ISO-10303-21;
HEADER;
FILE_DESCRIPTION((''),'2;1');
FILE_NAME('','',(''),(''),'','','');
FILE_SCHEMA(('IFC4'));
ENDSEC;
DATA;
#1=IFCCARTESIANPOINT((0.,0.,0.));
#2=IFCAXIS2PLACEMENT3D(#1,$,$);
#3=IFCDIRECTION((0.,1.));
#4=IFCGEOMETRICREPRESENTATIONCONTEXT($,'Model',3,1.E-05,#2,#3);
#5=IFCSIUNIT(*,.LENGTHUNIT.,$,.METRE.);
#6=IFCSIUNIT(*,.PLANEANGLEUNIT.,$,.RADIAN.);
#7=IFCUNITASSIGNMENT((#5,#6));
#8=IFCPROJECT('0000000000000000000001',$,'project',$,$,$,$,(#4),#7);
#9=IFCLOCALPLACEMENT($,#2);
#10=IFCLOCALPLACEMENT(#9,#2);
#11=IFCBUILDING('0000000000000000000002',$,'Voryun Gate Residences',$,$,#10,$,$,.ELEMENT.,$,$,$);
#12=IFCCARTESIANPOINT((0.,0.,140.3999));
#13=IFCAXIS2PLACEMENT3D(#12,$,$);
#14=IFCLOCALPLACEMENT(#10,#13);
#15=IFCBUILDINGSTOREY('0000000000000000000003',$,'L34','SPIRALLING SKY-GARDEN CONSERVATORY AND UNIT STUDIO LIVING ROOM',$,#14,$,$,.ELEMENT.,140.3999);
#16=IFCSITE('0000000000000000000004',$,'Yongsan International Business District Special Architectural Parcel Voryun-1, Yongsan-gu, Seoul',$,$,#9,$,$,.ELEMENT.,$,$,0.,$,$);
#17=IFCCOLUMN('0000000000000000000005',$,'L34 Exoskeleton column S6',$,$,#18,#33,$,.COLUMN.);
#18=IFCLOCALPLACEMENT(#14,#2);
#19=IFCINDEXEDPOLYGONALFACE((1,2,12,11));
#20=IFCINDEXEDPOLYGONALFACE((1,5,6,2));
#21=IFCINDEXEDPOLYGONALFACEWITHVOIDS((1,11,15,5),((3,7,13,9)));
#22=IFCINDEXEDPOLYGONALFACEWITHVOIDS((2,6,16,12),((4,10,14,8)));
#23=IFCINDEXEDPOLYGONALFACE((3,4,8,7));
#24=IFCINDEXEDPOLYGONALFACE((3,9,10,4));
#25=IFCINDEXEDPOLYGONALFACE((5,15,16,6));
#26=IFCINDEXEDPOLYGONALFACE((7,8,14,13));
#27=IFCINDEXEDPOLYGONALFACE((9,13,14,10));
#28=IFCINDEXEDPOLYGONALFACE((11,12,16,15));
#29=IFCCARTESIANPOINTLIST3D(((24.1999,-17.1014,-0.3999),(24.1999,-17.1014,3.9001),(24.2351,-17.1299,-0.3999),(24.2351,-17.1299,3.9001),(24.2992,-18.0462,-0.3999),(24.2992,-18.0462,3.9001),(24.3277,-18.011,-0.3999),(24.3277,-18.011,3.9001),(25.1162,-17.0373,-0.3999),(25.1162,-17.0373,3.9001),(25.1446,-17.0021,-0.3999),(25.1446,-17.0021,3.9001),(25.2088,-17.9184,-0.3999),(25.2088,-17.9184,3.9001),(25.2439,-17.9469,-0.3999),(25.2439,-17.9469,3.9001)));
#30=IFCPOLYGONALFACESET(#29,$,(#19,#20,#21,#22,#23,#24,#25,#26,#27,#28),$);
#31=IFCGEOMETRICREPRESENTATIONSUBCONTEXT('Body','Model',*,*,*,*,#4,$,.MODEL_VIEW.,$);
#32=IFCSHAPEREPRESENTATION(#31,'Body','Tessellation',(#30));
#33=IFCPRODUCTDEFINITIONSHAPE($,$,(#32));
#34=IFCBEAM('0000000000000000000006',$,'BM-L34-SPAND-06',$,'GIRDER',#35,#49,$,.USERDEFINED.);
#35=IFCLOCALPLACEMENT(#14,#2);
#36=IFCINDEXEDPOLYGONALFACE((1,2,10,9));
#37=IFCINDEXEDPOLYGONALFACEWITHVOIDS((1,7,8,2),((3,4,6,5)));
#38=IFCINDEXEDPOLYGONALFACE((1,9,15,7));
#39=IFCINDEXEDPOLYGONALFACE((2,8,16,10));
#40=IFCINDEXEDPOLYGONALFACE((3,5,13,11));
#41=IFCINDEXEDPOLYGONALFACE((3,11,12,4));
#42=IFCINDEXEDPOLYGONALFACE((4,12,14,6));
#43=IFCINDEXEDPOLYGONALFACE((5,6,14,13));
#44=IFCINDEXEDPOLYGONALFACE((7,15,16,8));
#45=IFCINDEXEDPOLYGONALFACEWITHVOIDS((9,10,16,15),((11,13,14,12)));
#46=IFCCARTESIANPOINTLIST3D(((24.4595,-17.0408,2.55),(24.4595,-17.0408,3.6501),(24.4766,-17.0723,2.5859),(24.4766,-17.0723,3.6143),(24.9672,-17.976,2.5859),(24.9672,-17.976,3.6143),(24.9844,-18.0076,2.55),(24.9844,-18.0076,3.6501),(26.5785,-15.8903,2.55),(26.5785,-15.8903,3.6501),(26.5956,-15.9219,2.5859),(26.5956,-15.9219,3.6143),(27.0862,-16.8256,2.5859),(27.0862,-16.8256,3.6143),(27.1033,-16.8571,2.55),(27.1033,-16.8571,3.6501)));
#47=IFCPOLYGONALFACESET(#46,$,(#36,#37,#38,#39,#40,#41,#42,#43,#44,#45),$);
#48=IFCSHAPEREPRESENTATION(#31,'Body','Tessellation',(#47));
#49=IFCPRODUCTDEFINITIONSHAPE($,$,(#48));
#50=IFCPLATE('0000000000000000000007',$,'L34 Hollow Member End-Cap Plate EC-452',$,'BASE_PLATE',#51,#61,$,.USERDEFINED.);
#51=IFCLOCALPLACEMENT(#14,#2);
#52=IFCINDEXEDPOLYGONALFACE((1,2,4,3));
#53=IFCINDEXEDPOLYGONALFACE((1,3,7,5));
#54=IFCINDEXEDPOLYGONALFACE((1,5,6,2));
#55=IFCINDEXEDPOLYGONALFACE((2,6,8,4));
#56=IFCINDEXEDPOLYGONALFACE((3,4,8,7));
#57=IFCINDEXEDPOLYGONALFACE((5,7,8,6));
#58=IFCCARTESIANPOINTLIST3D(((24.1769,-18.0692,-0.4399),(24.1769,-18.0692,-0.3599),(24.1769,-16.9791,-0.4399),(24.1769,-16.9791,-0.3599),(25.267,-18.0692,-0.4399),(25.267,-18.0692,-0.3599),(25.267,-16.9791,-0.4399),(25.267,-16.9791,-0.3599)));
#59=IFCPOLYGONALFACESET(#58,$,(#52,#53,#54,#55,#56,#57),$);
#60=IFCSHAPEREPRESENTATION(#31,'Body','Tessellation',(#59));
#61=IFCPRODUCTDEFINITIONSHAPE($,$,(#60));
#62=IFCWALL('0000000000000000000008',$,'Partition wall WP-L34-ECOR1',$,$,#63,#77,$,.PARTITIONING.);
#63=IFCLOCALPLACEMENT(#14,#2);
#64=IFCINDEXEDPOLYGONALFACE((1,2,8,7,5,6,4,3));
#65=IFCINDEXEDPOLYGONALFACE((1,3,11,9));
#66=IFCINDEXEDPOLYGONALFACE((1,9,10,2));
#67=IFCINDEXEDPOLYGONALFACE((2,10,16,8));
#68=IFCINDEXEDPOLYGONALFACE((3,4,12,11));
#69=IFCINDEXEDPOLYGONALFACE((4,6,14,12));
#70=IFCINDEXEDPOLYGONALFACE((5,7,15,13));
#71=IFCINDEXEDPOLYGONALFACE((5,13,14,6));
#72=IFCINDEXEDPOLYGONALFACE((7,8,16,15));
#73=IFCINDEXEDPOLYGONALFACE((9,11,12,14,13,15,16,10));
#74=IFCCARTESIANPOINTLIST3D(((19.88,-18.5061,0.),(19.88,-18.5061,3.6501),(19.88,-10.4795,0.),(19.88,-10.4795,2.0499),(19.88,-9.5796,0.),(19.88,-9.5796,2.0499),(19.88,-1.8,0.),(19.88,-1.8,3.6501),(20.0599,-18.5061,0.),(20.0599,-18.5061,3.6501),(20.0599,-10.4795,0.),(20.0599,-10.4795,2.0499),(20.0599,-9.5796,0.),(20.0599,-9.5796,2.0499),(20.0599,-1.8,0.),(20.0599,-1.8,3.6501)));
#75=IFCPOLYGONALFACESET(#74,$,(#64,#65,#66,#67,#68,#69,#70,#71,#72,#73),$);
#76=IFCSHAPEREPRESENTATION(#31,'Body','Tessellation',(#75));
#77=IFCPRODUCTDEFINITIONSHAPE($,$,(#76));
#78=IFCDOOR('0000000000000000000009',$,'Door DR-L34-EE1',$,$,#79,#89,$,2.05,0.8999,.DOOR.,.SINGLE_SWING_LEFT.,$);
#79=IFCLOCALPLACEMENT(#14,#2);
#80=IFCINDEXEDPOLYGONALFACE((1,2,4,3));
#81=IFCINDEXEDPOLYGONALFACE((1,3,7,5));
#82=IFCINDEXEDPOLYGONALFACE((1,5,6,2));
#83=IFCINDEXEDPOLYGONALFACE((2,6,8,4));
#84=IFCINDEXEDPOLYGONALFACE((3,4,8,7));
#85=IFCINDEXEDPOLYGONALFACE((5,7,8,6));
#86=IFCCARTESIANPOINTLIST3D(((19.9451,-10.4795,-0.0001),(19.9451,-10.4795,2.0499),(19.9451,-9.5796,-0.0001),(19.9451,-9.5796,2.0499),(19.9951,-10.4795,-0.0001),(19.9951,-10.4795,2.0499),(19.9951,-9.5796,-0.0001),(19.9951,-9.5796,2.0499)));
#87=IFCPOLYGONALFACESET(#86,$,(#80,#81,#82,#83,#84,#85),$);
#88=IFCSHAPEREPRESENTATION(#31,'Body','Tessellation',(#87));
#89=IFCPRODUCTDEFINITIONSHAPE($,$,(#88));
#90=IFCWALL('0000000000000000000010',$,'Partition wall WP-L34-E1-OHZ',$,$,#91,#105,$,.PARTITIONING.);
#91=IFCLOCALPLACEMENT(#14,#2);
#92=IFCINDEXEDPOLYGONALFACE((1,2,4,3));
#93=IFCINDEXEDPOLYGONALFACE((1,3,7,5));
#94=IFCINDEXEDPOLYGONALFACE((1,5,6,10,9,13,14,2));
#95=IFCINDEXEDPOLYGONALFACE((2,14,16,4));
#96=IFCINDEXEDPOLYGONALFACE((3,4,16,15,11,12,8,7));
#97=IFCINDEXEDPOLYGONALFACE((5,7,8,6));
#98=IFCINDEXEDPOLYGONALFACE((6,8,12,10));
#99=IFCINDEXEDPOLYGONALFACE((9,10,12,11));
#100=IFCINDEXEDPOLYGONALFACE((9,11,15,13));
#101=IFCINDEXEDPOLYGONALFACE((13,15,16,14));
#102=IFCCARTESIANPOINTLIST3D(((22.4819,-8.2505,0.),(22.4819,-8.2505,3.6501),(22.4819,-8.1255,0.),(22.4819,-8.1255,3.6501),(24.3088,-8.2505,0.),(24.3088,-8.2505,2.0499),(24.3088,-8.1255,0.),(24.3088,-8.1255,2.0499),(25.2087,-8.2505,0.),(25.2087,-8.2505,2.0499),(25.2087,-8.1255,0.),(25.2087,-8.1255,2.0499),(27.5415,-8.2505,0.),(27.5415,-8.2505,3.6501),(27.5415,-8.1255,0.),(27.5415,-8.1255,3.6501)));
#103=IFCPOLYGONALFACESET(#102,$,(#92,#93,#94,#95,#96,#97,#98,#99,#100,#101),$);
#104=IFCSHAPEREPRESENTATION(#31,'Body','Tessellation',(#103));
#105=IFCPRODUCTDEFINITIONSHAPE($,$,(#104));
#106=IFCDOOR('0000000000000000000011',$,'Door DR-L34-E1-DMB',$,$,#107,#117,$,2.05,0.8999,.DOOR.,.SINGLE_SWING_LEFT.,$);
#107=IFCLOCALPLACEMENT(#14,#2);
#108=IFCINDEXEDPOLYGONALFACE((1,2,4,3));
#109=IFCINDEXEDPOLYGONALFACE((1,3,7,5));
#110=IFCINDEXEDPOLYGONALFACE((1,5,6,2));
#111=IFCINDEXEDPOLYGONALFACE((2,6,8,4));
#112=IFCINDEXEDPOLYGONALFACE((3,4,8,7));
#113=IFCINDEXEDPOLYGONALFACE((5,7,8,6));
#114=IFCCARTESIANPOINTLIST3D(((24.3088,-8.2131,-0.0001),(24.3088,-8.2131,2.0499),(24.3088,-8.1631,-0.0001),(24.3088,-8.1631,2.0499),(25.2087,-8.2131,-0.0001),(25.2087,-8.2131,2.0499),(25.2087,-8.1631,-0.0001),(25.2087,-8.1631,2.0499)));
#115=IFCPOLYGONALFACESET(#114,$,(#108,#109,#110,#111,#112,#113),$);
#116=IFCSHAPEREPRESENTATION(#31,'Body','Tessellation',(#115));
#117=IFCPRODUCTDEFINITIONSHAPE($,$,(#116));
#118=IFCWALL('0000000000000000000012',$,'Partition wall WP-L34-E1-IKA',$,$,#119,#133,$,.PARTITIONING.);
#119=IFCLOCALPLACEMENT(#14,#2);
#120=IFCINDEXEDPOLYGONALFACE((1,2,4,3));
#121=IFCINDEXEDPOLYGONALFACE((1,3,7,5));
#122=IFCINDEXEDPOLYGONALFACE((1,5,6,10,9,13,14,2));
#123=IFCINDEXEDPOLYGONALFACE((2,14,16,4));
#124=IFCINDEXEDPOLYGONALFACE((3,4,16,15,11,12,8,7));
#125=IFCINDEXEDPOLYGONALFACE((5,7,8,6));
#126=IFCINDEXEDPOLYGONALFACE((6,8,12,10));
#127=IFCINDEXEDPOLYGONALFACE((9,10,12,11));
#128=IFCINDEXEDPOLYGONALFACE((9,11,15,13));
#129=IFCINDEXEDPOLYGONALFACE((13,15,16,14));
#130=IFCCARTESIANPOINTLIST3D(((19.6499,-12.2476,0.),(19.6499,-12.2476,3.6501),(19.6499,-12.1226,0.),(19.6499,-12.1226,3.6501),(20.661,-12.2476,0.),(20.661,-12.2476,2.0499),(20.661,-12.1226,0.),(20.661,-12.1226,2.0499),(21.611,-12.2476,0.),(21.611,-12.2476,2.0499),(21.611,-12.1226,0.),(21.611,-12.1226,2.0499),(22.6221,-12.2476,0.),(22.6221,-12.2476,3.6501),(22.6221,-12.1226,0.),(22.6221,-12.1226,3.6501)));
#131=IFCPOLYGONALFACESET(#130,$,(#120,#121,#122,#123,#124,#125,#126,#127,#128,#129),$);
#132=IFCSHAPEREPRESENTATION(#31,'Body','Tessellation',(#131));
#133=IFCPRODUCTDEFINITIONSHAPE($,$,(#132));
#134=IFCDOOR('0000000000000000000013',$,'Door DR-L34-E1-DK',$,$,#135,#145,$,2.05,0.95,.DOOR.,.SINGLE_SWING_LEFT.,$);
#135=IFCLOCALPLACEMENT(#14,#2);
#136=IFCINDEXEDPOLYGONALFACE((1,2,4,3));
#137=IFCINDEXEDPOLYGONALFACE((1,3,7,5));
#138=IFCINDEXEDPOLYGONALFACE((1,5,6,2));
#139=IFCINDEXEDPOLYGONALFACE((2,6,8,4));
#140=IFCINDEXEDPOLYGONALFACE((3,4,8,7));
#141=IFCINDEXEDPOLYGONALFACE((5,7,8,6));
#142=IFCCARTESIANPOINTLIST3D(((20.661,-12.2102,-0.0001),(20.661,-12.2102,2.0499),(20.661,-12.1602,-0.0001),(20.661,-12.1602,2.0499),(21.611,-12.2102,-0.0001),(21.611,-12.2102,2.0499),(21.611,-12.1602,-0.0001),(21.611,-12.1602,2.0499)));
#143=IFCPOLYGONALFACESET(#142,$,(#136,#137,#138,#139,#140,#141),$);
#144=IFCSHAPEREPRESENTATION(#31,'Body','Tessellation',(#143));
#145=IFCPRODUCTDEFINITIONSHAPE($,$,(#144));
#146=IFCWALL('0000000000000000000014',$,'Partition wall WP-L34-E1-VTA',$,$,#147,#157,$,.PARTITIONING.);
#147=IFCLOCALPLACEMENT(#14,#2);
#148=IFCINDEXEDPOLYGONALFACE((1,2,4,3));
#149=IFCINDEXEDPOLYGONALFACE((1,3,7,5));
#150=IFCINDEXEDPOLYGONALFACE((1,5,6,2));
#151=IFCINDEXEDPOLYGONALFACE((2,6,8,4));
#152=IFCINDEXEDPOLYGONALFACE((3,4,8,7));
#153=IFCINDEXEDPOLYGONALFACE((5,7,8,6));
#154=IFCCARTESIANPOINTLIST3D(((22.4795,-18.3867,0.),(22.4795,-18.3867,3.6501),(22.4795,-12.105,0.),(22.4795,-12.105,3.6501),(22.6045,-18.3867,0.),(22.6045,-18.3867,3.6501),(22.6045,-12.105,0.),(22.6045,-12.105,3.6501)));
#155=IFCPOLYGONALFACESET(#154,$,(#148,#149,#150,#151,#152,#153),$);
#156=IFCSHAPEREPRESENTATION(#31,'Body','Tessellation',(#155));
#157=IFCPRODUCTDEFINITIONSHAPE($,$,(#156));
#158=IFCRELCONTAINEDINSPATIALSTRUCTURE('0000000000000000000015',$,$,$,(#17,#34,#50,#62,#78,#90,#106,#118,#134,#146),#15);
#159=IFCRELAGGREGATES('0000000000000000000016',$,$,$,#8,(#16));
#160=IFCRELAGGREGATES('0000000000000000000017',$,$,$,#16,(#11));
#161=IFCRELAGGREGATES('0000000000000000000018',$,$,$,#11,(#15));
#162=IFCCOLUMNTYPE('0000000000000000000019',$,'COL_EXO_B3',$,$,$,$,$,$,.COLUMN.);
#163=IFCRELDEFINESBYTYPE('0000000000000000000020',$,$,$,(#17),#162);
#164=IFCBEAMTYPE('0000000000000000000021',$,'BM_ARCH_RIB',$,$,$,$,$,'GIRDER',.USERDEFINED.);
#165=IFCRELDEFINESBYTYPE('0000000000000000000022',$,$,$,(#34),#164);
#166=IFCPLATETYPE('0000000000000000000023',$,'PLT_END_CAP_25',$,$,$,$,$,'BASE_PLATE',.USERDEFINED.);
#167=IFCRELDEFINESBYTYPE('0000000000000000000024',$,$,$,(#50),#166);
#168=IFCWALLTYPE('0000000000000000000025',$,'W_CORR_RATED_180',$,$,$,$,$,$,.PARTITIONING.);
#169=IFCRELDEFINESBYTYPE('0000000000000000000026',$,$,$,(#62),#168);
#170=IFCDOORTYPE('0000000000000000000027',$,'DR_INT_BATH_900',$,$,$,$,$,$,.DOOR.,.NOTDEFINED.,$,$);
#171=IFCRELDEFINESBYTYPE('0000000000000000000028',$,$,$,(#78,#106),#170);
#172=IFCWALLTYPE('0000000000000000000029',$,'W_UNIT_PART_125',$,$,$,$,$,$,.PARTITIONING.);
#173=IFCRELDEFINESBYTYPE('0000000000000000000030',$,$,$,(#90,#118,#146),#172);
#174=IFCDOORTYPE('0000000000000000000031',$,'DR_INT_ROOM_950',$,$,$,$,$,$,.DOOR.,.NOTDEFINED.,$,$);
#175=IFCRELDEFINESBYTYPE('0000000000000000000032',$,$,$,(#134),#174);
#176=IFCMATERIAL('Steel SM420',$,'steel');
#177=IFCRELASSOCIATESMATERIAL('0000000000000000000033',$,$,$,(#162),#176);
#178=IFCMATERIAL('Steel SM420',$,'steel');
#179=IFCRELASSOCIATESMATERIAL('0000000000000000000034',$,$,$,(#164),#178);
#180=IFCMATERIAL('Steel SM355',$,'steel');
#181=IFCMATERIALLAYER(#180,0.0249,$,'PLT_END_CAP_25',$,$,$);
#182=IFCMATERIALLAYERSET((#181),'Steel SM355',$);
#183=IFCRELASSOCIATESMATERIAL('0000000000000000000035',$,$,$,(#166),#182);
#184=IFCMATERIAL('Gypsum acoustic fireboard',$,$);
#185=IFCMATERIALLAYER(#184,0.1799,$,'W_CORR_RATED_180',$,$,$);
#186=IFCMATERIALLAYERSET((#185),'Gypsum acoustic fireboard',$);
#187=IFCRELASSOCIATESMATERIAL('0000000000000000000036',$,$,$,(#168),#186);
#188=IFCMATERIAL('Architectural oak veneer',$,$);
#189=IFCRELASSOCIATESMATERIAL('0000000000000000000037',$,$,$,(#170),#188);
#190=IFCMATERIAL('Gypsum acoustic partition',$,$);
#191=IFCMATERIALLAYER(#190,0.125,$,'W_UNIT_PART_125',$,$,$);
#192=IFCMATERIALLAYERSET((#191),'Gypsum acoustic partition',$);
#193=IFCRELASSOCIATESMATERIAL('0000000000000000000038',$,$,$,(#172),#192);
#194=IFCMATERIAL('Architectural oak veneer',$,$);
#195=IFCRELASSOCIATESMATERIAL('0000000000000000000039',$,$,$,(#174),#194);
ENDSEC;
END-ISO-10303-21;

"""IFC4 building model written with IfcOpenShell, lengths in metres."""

from ifc_helpers import new_model, si_unit, direction, frame, frame_2d, origin, origin_2d, place, context, subcontext, project, spatial, rectangle, hollow_rectangle, extrude, material, layer, layer_set, material_profile, profile_set, type_object, element, fill, save


model = new_model("IFC4")

# Units and contexts
model_context = context("Model", 3, precision=1e-05, world=origin(), true_north=direction((0.0, 1.0)))
body_context = subcontext(model_context, "Body", "Model", "MODEL_VIEW")
ifc_project = project(units=[si_unit("LENGTHUNIT", "METRE"), si_unit("PLANEANGLEUNIT", "RADIAN")], contexts=[model_context])

# Site, building, storey
site_placement = place(None, origin())
site = spatial("IfcSite", under=ifc_project, at=site_placement, Name="Yongsan International Business District Special Architectural Parcel Voryun-1, Yongsan-gu, Seoul", CompositionType="ELEMENT", RefElevation=0.0)
building_placement = place(site_placement, origin())
building = spatial("IfcBuilding", under=site, at=building_placement, Name="Voryun Gate Residences", CompositionType="ELEMENT")
storey_placement = place(building_placement, frame((0.0, 0.0, 140.3999)))
storey = spatial("IfcBuildingStorey", under=building, at=storey_placement, Name="L34", Description="SPIRALLING SKY-GARDEN CONSERVATORY AND UNIT STUDIO LIVING ROOM", CompositionType="ELEMENT", Elevation=140.3999)

# Column
ifc_material_1 = material(Name="Steel SM420", Category="steel")
ifc_material_profile_1 = material_profile(ifc_material_1, hollow_rectangle(XDim=0.95, YDim=0.95, WallThickness=0.032, at=origin_2d()), Name="BOX-950x950x32")
ifc_profile_set_1 = profile_set([ifc_material_profile_1], Name="Steel SM420")
column_type = type_object("IfcColumnType", Name="COL_EXO_B3", PredefinedType="COLUMN", material=ifc_profile_set_1)
column_placement = place(storey_placement, frame((24.7219, -17.5242, -0.3999), z_axis=(0.0, 0.0, 1.0), x_axis=(0.994522, 0.104528, 0.0)))
element("IfcColumn", 1, at=column_placement, inside=storey, type_object=column_type, Name="L34 Exoskeleton column S6", PredefinedType="COLUMN", context=body_context, shape_type="SweptSolid", body=[
    extrude(hollow_rectangle(XDim=0.95, YDim=0.95, WallThickness=0.032, at=origin_2d()), origin(), (0.0, 0.0, 1.0), 4.3),
])

# Beam
ifc_material_2 = material(Name="Steel SM420", Category="steel")
ifc_material_profile_2 = material_profile(ifc_material_2, hollow_rectangle(XDim=1.1001, YDim=1.1001, WallThickness=0.0359, at=origin_2d()), Name="BOX-1100x1100x36")
ifc_profile_set_2 = profile_set([ifc_material_profile_2], Name="Steel SM420")
beam_type = type_object("IfcBeamType", Name="BM_ARCH_RIB", ElementType="GIRDER", PredefinedType="USERDEFINED", material=ifc_profile_set_2)
beam_placement = place(storey_placement, frame((24.7219, -17.5242, 3.1001), z_axis=(0.87883, 0.477134, 0.0), x_axis=(-0.477134, 0.87883, 0.0)))
element("IfcBeam", 2, at=beam_placement, inside=storey, type_object=beam_type, Name="BM-L34-SPAND-06", ObjectType="GIRDER", PredefinedType="USERDEFINED", context=body_context, shape_type="SweptSolid", body=[
    extrude(hollow_rectangle(XDim=1.1001, YDim=1.1001, WallThickness=0.0359, at=origin_2d()), origin(), (0.0, 0.0, 1.0), 2.4111),
])

# Plate
ifc_material_3 = material(Name="Steel SM355", Category="steel")
ifc_layer_1 = layer(ifc_material_3, 0.0249, Name="PLT_END_CAP_25")
ifc_layer_set_1 = layer_set([ifc_layer_1], Name="Steel SM355")
plate_type = type_object("IfcPlateType", Name="PLT_END_CAP_25", ElementType="BASE_PLATE", PredefinedType="USERDEFINED", material=ifc_layer_set_1)
plate_placement = place(storey_placement, frame((24.7219, -17.5242, -0.4399), z_axis=(0.0, 0.0, 1.0), x_axis=(1.0, 0.0, 0.0)))
element("IfcPlate", 3, at=plate_placement, inside=storey, type_object=plate_type, Name="L34 Hollow Member End-Cap Plate EC-452", ObjectType="BASE_PLATE", PredefinedType="USERDEFINED", context=body_context, shape_type="SweptSolid", body=[
    extrude(rectangle(XDim=1.0901, YDim=1.0901, at=origin_2d()), origin(), (0.0, 0.0, 1.0), 0.0801),
])

# Walls, openings, doors
ifc_material_4 = material(Name="Gypsum acoustic fireboard")
ifc_layer_2 = layer(ifc_material_4, 0.1799, Name="W_CORR_RATED_180")
ifc_layer_set_2 = layer_set([ifc_layer_2], Name="Gypsum acoustic fireboard")
wall_type_1 = type_object("IfcWallType", Name="W_CORR_RATED_180", PredefinedType="PARTITIONING", material=ifc_layer_set_2)
wall_1_placement = place(storey_placement, frame((19.97, -18.5061, 0.0), z_axis=(0.0, 0.0, 1.0), x_axis=(0.0, 1.0, 0.0)))
wall_1 = element("IfcWall", 4, at=wall_1_placement, inside=storey, type_object=wall_type_1, Name="Partition wall WP-L34-ECOR1", PredefinedType="PARTITIONING", context=body_context, shape_type="SweptSolid", body=[
    extrude(rectangle(XDim=16.7061, YDim=0.1799, at=frame_2d((8.353, 0.0))), origin(), (0.0, 0.0, 1.0), 3.6501),
])
opening_1_placement = place(wall_1_placement, frame((8.0266, 0.0, 0.0)))
opening_1 = element("IfcOpeningElement", 5, at=opening_1_placement, cuts=wall_1, PredefinedType="OPENING", context=body_context, shape_type="SweptSolid", body=[
    extrude(rectangle(XDim=0.8999, YDim=2.05, at=frame_2d((0.45, 1.0249))), frame((0.0, 0.0999, 0.0), z_axis=(0.0, -1.0, 0.0), x_axis=(1.0, 0.0, 0.0)), (0.0, 0.0, 1.0), 0.2),
])
ifc_material_5 = material(Name="Architectural oak veneer")
door_type_1 = type_object("IfcDoorType", Name="DR_INT_BATH_900", OperationType="NOTDEFINED", PredefinedType="DOOR", material=ifc_material_5)
door_1_placement = place(opening_1_placement, origin())
door_1 = element("IfcDoor", 6, at=door_1_placement, inside=storey, type_object=door_type_1, Name="Door DR-L34-EE1", OperationType="SINGLE_SWING_LEFT", OverallHeight=2.05, OverallWidth=0.8999, PredefinedType="DOOR", context=body_context, shape_type="SweptSolid", body=[
    extrude(rectangle(XDim=0.8999, YDim=2.05, at=frame_2d((0.45, 1.0249))), frame((0.0, 0.0249, 0.0), z_axis=(0.0, -1.0, 0.0), x_axis=(1.0, 0.0, 0.0)), (0.0, 0.0, 1.0), 0.05),
])
fill(opening_1, door_1)
ifc_material_6 = material(Name="Gypsum acoustic partition")
ifc_layer_3 = layer(ifc_material_6, 0.125, Name="W_UNIT_PART_125")
ifc_layer_set_3 = layer_set([ifc_layer_3], Name="Gypsum acoustic partition")
wall_type_2 = type_object("IfcWallType", Name="W_UNIT_PART_125", PredefinedType="PARTITIONING", material=ifc_layer_set_3)
wall_2_placement = place(storey_placement, frame((22.4819, -8.188, 0.0), z_axis=(0.0, 0.0, 1.0), x_axis=(1.0, 0.0, 0.0)))
wall_2 = element("IfcWall", 7, at=wall_2_placement, inside=storey, type_object=wall_type_2, Name="Partition wall WP-L34-E1-OHZ", PredefinedType="PARTITIONING", context=body_context, shape_type="SweptSolid", body=[
    extrude(rectangle(XDim=5.0596, YDim=0.125, at=frame_2d((2.5298, 0.0))), origin(), (0.0, 0.0, 1.0), 3.6501),
])
opening_2_placement = place(wall_2_placement, frame((1.8269, 0.0, 0.0)))
opening_2 = element("IfcOpeningElement", 8, at=opening_2_placement, cuts=wall_2, PredefinedType="OPENING", context=body_context, shape_type="SweptSolid", body=[
    extrude(rectangle(XDim=0.8999, YDim=2.05, at=frame_2d((0.45, 1.0249))), frame((0.0, 0.0725, 0.0), z_axis=(0.0, -1.0, 0.0), x_axis=(1.0, 0.0, 0.0)), (0.0, 0.0, 1.0), 0.145),
])
door_2_placement = place(opening_2_placement, origin())
door_2 = element("IfcDoor", 9, at=door_2_placement, inside=storey, type_object=door_type_1, Name="Door DR-L34-E1-DMB", OperationType="SINGLE_SWING_LEFT", OverallHeight=2.05, OverallWidth=0.8999, PredefinedType="DOOR", context=body_context, shape_type="SweptSolid", body=[
    extrude(rectangle(XDim=0.8999, YDim=2.05, at=frame_2d((0.45, 1.0249))), frame((0.0, 0.0249, 0.0), z_axis=(0.0, -1.0, 0.0), x_axis=(1.0, 0.0, 0.0)), (0.0, 0.0, 1.0), 0.05),
])
fill(opening_2, door_2)
wall_3_placement = place(storey_placement, frame((19.6499, -12.1851, 0.0), z_axis=(0.0, 0.0, 1.0), x_axis=(1.0, 0.0, 0.0)))
wall_3 = element("IfcWall", 10, at=wall_3_placement, inside=storey, type_object=wall_type_2, Name="Partition wall WP-L34-E1-IKA", PredefinedType="PARTITIONING", context=body_context, shape_type="SweptSolid", body=[
    extrude(rectangle(XDim=2.9722, YDim=0.125, at=frame_2d((1.4861, 0.0))), origin(), (0.0, 0.0, 1.0), 3.6501),
])
opening_3_placement = place(wall_3_placement, frame((1.011, 0.0, 0.0)))
opening_3 = element("IfcOpeningElement", 11, at=opening_3_placement, cuts=wall_3, PredefinedType="OPENING", context=body_context, shape_type="SweptSolid", body=[
    extrude(rectangle(XDim=0.95, YDim=2.05, at=frame_2d((0.4751, 1.0249))), frame((0.0, 0.0725, 0.0), z_axis=(0.0, -1.0, 0.0), x_axis=(1.0, 0.0, 0.0)), (0.0, 0.0, 1.0), 0.145),
])
ifc_material_7 = material(Name="Architectural oak veneer")
door_type_2 = type_object("IfcDoorType", Name="DR_INT_ROOM_950", OperationType="NOTDEFINED", PredefinedType="DOOR", material=ifc_material_7)
door_3_placement = place(opening_3_placement, origin())
door_3 = element("IfcDoor", 12, at=door_3_placement, inside=storey, type_object=door_type_2, Name="Door DR-L34-E1-DK", OperationType="SINGLE_SWING_LEFT", OverallHeight=2.05, OverallWidth=0.95, PredefinedType="DOOR", context=body_context, shape_type="SweptSolid", body=[
    extrude(rectangle(XDim=0.95, YDim=2.05, at=frame_2d((0.4751, 1.0249))), frame((0.0, 0.0249, 0.0), z_axis=(0.0, -1.0, 0.0), x_axis=(1.0, 0.0, 0.0)), (0.0, 0.0, 1.0), 0.05),
])
fill(opening_3, door_3)

# Wall
wall_4_placement = place(storey_placement, frame((22.542, -18.3867, 0.0), z_axis=(0.0, 0.0, 1.0), x_axis=(0.0, 1.0, 0.0)))
element("IfcWall", 13, at=wall_4_placement, inside=storey, type_object=wall_type_2, Name="Partition wall WP-L34-E1-VTA", PredefinedType="PARTITIONING", context=body_context, shape_type="SweptSolid", body=[
    extrude(rectangle(XDim=6.2817, YDim=0.125, at=frame_2d((3.1409, 0.0))), origin(), (0.0, 0.0, 1.0), 3.6501),
])

save(model, "model.ifc")
